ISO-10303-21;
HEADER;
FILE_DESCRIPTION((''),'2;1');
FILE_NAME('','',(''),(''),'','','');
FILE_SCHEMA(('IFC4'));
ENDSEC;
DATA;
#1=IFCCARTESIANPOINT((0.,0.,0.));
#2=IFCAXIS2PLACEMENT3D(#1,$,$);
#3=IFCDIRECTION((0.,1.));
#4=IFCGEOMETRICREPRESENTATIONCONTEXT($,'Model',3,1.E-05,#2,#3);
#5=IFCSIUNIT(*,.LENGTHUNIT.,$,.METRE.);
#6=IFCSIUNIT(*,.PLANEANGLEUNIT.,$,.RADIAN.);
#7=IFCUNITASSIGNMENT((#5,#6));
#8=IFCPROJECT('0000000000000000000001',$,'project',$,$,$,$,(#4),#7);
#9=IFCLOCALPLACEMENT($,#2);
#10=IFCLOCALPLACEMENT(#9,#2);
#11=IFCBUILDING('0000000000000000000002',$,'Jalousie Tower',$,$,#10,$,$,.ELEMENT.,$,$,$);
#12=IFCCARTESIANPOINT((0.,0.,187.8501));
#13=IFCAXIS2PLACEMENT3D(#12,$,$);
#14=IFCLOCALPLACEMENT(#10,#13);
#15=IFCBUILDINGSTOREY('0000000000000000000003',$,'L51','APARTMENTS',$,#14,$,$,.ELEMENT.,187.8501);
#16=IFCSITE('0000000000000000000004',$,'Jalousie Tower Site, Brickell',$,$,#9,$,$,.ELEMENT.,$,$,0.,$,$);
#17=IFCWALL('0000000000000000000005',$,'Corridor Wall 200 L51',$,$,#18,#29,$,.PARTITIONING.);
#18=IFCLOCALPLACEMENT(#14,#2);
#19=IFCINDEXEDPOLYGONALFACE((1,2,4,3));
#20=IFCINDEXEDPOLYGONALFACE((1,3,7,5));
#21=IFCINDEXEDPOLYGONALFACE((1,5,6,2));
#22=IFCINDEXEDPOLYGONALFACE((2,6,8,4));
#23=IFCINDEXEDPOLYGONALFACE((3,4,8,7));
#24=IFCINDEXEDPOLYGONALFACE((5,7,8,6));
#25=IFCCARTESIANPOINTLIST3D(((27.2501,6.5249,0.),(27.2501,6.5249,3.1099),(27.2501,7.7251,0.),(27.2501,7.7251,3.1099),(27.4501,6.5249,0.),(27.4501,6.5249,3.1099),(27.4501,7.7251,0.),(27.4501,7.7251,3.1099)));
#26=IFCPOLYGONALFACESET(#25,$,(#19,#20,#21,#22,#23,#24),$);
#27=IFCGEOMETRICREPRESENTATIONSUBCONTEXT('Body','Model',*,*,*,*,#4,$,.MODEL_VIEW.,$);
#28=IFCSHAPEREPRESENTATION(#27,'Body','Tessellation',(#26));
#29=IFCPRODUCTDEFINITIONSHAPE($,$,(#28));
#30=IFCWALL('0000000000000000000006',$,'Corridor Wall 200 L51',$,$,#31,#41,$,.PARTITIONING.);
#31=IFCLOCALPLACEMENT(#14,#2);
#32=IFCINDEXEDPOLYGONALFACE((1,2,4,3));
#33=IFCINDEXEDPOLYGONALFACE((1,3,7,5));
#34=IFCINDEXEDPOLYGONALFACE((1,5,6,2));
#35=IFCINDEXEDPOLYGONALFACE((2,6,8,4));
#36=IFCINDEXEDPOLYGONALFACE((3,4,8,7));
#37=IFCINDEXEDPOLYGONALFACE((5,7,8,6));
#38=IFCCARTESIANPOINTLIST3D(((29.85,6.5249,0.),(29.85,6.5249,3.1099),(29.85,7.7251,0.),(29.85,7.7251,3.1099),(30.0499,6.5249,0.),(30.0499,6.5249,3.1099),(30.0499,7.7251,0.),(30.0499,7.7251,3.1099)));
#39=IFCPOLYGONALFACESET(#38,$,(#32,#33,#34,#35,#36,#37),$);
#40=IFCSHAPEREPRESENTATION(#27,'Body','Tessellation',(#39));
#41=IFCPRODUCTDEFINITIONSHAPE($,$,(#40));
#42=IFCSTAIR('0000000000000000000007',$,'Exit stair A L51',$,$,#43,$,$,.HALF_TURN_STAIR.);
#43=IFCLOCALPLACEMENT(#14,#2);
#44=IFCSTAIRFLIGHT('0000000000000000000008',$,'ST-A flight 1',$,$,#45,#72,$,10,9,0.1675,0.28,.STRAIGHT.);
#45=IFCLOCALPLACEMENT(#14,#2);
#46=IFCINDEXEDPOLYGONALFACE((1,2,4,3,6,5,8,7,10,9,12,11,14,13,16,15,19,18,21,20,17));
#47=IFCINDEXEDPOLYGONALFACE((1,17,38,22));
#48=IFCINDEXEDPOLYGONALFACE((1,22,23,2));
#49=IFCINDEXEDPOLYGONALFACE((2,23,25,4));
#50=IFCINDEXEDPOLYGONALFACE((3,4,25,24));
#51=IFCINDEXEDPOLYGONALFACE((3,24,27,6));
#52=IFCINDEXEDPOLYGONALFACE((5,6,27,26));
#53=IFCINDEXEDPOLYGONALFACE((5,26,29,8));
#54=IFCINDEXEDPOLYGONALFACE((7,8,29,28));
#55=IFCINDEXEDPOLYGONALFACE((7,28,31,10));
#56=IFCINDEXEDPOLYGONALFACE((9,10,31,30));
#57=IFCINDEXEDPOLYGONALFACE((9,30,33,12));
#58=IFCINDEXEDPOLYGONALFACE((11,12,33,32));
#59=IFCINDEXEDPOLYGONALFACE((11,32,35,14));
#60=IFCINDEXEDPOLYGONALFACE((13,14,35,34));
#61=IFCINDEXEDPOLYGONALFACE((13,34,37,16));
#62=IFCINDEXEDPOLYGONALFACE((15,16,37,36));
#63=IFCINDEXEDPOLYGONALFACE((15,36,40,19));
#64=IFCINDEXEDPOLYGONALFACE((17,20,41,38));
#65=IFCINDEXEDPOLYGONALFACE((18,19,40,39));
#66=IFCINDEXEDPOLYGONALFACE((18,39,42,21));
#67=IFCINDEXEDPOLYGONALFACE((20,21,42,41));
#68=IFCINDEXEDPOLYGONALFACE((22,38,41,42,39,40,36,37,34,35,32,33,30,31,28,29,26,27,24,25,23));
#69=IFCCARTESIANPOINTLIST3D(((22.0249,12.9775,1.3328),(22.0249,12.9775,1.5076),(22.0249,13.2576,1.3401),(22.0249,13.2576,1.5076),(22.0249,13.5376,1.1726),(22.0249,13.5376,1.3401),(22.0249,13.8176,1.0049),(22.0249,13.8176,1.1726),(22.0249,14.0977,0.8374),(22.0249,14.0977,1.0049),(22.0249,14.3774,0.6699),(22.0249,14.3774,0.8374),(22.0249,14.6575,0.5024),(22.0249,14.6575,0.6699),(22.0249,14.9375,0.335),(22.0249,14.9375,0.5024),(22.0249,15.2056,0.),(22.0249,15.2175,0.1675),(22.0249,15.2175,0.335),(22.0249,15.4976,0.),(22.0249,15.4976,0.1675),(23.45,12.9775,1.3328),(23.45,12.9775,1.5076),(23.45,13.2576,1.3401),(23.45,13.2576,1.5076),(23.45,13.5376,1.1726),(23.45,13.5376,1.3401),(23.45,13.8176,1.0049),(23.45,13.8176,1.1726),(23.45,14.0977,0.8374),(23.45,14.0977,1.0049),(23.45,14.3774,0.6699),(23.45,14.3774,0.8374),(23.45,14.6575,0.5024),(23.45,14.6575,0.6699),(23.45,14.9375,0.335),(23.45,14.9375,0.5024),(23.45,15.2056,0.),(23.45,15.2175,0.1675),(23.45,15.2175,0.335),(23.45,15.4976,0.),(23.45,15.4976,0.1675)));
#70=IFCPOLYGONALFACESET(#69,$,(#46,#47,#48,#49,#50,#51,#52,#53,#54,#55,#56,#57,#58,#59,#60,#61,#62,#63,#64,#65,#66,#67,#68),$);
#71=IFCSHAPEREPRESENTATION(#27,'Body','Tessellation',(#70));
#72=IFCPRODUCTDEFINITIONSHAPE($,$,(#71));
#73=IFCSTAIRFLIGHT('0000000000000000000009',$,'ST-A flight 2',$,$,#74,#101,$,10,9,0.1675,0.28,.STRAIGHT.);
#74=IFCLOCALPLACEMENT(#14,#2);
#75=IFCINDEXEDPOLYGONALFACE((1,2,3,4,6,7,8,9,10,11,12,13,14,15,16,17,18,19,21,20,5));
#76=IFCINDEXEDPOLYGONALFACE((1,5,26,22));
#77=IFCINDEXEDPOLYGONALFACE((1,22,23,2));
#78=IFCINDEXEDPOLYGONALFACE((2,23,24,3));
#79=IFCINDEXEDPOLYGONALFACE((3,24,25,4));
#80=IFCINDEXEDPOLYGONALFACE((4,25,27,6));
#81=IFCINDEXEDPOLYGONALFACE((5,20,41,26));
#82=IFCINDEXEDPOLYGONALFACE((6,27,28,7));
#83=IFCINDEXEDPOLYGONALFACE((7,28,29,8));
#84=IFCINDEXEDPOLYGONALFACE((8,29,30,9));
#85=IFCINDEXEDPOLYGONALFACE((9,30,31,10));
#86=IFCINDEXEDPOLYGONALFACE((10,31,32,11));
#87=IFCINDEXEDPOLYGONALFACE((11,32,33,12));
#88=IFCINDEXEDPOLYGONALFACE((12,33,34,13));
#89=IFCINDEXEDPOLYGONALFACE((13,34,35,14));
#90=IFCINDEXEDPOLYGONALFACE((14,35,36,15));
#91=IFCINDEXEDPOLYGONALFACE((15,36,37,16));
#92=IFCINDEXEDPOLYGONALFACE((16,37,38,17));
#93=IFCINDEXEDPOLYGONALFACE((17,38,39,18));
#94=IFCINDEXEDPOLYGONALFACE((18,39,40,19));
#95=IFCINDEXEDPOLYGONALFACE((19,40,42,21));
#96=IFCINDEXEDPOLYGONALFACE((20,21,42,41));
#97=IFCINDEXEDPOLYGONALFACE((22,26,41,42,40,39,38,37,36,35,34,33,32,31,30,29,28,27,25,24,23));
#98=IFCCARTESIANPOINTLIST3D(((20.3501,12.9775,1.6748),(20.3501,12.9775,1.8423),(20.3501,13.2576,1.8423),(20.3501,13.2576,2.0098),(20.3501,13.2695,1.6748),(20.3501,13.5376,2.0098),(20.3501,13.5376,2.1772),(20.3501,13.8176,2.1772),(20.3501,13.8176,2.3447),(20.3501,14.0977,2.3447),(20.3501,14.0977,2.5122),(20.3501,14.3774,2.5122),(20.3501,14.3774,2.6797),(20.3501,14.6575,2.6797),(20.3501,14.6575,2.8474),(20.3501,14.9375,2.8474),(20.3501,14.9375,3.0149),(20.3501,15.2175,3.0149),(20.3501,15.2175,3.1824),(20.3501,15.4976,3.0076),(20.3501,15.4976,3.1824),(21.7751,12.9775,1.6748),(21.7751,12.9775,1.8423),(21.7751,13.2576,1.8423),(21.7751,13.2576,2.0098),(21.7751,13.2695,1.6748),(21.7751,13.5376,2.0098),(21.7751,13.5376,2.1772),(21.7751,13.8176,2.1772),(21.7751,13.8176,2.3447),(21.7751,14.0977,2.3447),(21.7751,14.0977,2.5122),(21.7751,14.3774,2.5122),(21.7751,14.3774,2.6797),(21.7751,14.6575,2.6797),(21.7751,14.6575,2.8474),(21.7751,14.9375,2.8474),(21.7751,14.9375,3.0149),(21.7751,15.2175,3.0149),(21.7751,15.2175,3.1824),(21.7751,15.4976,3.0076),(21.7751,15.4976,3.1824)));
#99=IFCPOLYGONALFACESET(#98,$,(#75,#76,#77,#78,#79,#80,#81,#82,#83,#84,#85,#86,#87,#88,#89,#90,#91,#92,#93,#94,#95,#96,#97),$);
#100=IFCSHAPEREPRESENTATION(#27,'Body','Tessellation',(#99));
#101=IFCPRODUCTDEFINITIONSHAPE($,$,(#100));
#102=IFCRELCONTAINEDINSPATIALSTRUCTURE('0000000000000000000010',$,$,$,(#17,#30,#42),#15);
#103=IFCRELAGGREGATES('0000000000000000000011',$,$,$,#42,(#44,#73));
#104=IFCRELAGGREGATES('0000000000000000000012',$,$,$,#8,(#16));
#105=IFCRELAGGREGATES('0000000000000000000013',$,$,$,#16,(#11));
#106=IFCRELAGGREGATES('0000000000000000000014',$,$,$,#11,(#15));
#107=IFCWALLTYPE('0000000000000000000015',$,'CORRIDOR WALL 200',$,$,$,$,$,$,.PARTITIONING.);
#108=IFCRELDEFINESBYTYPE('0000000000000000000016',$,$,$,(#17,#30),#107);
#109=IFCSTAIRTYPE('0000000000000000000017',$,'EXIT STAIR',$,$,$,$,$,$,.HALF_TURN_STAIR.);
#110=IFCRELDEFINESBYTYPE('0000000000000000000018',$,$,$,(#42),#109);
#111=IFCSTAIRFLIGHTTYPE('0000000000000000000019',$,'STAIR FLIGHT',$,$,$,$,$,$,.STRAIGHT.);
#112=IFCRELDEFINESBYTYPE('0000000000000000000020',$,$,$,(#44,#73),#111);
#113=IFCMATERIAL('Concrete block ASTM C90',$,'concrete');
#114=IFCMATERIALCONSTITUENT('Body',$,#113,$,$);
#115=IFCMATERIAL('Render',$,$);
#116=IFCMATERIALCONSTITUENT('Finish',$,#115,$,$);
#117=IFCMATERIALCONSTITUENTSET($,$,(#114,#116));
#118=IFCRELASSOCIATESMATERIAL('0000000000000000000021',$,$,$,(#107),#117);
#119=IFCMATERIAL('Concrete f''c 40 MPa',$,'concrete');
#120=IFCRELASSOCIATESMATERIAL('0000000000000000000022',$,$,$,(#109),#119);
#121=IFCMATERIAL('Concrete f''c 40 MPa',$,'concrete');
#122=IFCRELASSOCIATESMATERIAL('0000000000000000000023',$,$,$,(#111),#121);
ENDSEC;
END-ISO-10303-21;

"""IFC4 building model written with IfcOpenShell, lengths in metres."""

from ifc_helpers import new_model, si_unit, direction, frame, frame_2d, origin, place, context, subcontext, project, spatial, polyline, rectangle, outline, extrude, material, constituent, constituent_set, type_object, element, aggregate, save


model = new_model("IFC4")

# Units and contexts
model_context = context("Model", 3, precision=1e-05, world=origin(), true_north=direction((0.0, 1.0)))
body_context = subcontext(model_context, "Body", "Model", "MODEL_VIEW")
ifc_project = project(units=[si_unit("LENGTHUNIT", "METRE"), si_unit("PLANEANGLEUNIT", "RADIAN")], contexts=[model_context])

# Site, building, storey
site_placement = place(None, origin())
site = spatial("IfcSite", under=ifc_project, at=site_placement, Name="Jalousie Tower Site, Brickell", CompositionType="ELEMENT", RefElevation=0.0)
building_placement = place(site_placement, origin())
building = spatial("IfcBuilding", under=site, at=building_placement, Name="Jalousie Tower", CompositionType="ELEMENT")
storey_placement = place(building_placement, frame((0.0, 0.0, 187.8501)))
storey = spatial("IfcBuildingStorey", under=building, at=storey_placement, Name="L51", Description="APARTMENTS", CompositionType="ELEMENT", Elevation=187.8501)

# Walls
ifc_material_1 = material(Name="Concrete block ASTM C90", Category="concrete")
ifc_constituent_1 = constituent(ifc_material_1, Name="Body")
ifc_material_2 = material(Name="Render")
ifc_constituent_2 = constituent(ifc_material_2, Name="Finish")
ifc_constituent_set_1 = constituent_set(constituents=[ifc_constituent_1, ifc_constituent_2])
wall_type_1 = type_object("IfcWallType", Name="CORRIDOR WALL 200", PredefinedType="PARTITIONING", material=ifc_constituent_set_1)
for number, where, z_axis, x_axis, name in (
    (1, (27.3501, 7.7251, 0.0), (0.0, 0.0, 1.0), (0.0, -1.0, 0.0), "Corridor Wall 200 L51"),
    (2, (29.95, 7.7251, 0.0), (0.0, 0.0, 1.0), (0.0, -1.0, 0.0), "Corridor Wall 200 L51"),
):
    element("IfcWall", number, at=place(storey_placement, frame(where, z_axis=z_axis, x_axis=x_axis)), inside=storey, type_object=wall_type_1, Name=name, PredefinedType="PARTITIONING", context=body_context, shape_type="SweptSolid", body=[
        extrude(rectangle(XDim=1.2002, YDim=0.2, at=frame_2d((0.6001, 0.0))), origin(), (0.0, 0.0, 1.0), 3.1099),
    ])

# Stair, stair flights
ifc_material_3 = material(Name="Concrete f'c 40 MPa", Category="concrete")
stair_type = type_object("IfcStairType", Name="EXIT STAIR", PredefinedType="HALF_TURN_STAIR", material=ifc_material_3)
stair_placement = place(storey_placement, origin())
stair = element("IfcStair", 3, at=stair_placement, inside=storey, type_object=stair_type, Name="Exit stair A L51", PredefinedType="HALF_TURN_STAIR")
ifc_material_4 = material(Name="Concrete f'c 40 MPa", Category="concrete")
stair_flight_type = type_object("IfcStairFlightType", Name="STAIR FLIGHT", PredefinedType="STRAIGHT", material=ifc_material_4)
stair_flight_1_placement = place(storey_placement, frame((22.7375, 15.4976, 0.0), z_axis=(0.0, 0.0, 1.0), x_axis=(0.0, -1.0, 0.0)))
stair_flight_1 = element("IfcStairFlight", 4, at=stair_flight_1_placement, type_object=stair_flight_type, Name="ST-A flight 1", NumberOfRisers=10, NumberOfTreads=9, PredefinedType="STRAIGHT", RiserHeight=0.1675, TreadLength=0.28, context=body_context, shape_type="SweptSolid", body=[
    extrude(outline(polyline([(0.0, 0.0), (0.0, 0.1675), (0.28, 0.1675), (0.28, 0.335), (0.5601, 0.335), (0.5601, 0.5024), (0.8401, 0.5024), (0.8401, 0.6699), (1.1201, 0.6699), (1.1201, 0.8374), (1.3999, 0.8374), (1.3999, 1.0049), (1.6799, 1.0049), (1.6799, 1.1726), (1.96, 1.1726), (1.96, 1.3401), (2.24, 1.3401), (2.24, 1.5076), (2.52, 1.5076), (2.52, 1.675), (2.52, 1.3328), (0.292, 0.0), (0.0, 0.0)])), frame((0.0, 0.7124, 0.0), z_axis=(0.0, -1.0, 0.0), x_axis=(1.0, 0.0, 0.0)), (0.0, 0.0, 1.0), 1.425),
])
stair_flight_2_placement = place(storey_placement, frame((21.0625, 12.9775, 1.6748), z_axis=(0.0, 0.0, 1.0), x_axis=(0.0, 1.0, 0.0)))
stair_flight_2 = element("IfcStairFlight", 5, at=stair_flight_2_placement, type_object=stair_flight_type, Name="ST-A flight 2", NumberOfRisers=10, NumberOfTreads=9, PredefinedType="STRAIGHT", RiserHeight=0.1675, TreadLength=0.28, context=body_context, shape_type="SweptSolid", body=[
    extrude(outline(polyline([(0.0, 0.0), (0.0, 0.1675), (0.28, 0.1675), (0.28, 0.335), (0.5601, 0.335), (0.5601, 0.5024), (0.8401, 0.5024), (0.8401, 0.6699), (1.1201, 0.6699), (1.1201, 0.8374), (1.3999, 0.8374), (1.3999, 1.0049), (1.6799, 1.0049), (1.6799, 1.1726), (1.96, 1.1726), (1.96, 1.3401), (2.24, 1.3401), (2.24, 1.5076), (2.52, 1.5076), (2.52, 1.675), (2.52, 1.3328), (0.292, 0.0), (0.0, 0.0)])), frame((0.0, 0.7124, 0.0), z_axis=(0.0, -1.0, 0.0), x_axis=(1.0, 0.0, 0.0)), (0.0, 0.0, 1.0), 1.425),
])
aggregate(stair, [stair_flight_1, stair_flight_2])

save(model, "model.ifc")
